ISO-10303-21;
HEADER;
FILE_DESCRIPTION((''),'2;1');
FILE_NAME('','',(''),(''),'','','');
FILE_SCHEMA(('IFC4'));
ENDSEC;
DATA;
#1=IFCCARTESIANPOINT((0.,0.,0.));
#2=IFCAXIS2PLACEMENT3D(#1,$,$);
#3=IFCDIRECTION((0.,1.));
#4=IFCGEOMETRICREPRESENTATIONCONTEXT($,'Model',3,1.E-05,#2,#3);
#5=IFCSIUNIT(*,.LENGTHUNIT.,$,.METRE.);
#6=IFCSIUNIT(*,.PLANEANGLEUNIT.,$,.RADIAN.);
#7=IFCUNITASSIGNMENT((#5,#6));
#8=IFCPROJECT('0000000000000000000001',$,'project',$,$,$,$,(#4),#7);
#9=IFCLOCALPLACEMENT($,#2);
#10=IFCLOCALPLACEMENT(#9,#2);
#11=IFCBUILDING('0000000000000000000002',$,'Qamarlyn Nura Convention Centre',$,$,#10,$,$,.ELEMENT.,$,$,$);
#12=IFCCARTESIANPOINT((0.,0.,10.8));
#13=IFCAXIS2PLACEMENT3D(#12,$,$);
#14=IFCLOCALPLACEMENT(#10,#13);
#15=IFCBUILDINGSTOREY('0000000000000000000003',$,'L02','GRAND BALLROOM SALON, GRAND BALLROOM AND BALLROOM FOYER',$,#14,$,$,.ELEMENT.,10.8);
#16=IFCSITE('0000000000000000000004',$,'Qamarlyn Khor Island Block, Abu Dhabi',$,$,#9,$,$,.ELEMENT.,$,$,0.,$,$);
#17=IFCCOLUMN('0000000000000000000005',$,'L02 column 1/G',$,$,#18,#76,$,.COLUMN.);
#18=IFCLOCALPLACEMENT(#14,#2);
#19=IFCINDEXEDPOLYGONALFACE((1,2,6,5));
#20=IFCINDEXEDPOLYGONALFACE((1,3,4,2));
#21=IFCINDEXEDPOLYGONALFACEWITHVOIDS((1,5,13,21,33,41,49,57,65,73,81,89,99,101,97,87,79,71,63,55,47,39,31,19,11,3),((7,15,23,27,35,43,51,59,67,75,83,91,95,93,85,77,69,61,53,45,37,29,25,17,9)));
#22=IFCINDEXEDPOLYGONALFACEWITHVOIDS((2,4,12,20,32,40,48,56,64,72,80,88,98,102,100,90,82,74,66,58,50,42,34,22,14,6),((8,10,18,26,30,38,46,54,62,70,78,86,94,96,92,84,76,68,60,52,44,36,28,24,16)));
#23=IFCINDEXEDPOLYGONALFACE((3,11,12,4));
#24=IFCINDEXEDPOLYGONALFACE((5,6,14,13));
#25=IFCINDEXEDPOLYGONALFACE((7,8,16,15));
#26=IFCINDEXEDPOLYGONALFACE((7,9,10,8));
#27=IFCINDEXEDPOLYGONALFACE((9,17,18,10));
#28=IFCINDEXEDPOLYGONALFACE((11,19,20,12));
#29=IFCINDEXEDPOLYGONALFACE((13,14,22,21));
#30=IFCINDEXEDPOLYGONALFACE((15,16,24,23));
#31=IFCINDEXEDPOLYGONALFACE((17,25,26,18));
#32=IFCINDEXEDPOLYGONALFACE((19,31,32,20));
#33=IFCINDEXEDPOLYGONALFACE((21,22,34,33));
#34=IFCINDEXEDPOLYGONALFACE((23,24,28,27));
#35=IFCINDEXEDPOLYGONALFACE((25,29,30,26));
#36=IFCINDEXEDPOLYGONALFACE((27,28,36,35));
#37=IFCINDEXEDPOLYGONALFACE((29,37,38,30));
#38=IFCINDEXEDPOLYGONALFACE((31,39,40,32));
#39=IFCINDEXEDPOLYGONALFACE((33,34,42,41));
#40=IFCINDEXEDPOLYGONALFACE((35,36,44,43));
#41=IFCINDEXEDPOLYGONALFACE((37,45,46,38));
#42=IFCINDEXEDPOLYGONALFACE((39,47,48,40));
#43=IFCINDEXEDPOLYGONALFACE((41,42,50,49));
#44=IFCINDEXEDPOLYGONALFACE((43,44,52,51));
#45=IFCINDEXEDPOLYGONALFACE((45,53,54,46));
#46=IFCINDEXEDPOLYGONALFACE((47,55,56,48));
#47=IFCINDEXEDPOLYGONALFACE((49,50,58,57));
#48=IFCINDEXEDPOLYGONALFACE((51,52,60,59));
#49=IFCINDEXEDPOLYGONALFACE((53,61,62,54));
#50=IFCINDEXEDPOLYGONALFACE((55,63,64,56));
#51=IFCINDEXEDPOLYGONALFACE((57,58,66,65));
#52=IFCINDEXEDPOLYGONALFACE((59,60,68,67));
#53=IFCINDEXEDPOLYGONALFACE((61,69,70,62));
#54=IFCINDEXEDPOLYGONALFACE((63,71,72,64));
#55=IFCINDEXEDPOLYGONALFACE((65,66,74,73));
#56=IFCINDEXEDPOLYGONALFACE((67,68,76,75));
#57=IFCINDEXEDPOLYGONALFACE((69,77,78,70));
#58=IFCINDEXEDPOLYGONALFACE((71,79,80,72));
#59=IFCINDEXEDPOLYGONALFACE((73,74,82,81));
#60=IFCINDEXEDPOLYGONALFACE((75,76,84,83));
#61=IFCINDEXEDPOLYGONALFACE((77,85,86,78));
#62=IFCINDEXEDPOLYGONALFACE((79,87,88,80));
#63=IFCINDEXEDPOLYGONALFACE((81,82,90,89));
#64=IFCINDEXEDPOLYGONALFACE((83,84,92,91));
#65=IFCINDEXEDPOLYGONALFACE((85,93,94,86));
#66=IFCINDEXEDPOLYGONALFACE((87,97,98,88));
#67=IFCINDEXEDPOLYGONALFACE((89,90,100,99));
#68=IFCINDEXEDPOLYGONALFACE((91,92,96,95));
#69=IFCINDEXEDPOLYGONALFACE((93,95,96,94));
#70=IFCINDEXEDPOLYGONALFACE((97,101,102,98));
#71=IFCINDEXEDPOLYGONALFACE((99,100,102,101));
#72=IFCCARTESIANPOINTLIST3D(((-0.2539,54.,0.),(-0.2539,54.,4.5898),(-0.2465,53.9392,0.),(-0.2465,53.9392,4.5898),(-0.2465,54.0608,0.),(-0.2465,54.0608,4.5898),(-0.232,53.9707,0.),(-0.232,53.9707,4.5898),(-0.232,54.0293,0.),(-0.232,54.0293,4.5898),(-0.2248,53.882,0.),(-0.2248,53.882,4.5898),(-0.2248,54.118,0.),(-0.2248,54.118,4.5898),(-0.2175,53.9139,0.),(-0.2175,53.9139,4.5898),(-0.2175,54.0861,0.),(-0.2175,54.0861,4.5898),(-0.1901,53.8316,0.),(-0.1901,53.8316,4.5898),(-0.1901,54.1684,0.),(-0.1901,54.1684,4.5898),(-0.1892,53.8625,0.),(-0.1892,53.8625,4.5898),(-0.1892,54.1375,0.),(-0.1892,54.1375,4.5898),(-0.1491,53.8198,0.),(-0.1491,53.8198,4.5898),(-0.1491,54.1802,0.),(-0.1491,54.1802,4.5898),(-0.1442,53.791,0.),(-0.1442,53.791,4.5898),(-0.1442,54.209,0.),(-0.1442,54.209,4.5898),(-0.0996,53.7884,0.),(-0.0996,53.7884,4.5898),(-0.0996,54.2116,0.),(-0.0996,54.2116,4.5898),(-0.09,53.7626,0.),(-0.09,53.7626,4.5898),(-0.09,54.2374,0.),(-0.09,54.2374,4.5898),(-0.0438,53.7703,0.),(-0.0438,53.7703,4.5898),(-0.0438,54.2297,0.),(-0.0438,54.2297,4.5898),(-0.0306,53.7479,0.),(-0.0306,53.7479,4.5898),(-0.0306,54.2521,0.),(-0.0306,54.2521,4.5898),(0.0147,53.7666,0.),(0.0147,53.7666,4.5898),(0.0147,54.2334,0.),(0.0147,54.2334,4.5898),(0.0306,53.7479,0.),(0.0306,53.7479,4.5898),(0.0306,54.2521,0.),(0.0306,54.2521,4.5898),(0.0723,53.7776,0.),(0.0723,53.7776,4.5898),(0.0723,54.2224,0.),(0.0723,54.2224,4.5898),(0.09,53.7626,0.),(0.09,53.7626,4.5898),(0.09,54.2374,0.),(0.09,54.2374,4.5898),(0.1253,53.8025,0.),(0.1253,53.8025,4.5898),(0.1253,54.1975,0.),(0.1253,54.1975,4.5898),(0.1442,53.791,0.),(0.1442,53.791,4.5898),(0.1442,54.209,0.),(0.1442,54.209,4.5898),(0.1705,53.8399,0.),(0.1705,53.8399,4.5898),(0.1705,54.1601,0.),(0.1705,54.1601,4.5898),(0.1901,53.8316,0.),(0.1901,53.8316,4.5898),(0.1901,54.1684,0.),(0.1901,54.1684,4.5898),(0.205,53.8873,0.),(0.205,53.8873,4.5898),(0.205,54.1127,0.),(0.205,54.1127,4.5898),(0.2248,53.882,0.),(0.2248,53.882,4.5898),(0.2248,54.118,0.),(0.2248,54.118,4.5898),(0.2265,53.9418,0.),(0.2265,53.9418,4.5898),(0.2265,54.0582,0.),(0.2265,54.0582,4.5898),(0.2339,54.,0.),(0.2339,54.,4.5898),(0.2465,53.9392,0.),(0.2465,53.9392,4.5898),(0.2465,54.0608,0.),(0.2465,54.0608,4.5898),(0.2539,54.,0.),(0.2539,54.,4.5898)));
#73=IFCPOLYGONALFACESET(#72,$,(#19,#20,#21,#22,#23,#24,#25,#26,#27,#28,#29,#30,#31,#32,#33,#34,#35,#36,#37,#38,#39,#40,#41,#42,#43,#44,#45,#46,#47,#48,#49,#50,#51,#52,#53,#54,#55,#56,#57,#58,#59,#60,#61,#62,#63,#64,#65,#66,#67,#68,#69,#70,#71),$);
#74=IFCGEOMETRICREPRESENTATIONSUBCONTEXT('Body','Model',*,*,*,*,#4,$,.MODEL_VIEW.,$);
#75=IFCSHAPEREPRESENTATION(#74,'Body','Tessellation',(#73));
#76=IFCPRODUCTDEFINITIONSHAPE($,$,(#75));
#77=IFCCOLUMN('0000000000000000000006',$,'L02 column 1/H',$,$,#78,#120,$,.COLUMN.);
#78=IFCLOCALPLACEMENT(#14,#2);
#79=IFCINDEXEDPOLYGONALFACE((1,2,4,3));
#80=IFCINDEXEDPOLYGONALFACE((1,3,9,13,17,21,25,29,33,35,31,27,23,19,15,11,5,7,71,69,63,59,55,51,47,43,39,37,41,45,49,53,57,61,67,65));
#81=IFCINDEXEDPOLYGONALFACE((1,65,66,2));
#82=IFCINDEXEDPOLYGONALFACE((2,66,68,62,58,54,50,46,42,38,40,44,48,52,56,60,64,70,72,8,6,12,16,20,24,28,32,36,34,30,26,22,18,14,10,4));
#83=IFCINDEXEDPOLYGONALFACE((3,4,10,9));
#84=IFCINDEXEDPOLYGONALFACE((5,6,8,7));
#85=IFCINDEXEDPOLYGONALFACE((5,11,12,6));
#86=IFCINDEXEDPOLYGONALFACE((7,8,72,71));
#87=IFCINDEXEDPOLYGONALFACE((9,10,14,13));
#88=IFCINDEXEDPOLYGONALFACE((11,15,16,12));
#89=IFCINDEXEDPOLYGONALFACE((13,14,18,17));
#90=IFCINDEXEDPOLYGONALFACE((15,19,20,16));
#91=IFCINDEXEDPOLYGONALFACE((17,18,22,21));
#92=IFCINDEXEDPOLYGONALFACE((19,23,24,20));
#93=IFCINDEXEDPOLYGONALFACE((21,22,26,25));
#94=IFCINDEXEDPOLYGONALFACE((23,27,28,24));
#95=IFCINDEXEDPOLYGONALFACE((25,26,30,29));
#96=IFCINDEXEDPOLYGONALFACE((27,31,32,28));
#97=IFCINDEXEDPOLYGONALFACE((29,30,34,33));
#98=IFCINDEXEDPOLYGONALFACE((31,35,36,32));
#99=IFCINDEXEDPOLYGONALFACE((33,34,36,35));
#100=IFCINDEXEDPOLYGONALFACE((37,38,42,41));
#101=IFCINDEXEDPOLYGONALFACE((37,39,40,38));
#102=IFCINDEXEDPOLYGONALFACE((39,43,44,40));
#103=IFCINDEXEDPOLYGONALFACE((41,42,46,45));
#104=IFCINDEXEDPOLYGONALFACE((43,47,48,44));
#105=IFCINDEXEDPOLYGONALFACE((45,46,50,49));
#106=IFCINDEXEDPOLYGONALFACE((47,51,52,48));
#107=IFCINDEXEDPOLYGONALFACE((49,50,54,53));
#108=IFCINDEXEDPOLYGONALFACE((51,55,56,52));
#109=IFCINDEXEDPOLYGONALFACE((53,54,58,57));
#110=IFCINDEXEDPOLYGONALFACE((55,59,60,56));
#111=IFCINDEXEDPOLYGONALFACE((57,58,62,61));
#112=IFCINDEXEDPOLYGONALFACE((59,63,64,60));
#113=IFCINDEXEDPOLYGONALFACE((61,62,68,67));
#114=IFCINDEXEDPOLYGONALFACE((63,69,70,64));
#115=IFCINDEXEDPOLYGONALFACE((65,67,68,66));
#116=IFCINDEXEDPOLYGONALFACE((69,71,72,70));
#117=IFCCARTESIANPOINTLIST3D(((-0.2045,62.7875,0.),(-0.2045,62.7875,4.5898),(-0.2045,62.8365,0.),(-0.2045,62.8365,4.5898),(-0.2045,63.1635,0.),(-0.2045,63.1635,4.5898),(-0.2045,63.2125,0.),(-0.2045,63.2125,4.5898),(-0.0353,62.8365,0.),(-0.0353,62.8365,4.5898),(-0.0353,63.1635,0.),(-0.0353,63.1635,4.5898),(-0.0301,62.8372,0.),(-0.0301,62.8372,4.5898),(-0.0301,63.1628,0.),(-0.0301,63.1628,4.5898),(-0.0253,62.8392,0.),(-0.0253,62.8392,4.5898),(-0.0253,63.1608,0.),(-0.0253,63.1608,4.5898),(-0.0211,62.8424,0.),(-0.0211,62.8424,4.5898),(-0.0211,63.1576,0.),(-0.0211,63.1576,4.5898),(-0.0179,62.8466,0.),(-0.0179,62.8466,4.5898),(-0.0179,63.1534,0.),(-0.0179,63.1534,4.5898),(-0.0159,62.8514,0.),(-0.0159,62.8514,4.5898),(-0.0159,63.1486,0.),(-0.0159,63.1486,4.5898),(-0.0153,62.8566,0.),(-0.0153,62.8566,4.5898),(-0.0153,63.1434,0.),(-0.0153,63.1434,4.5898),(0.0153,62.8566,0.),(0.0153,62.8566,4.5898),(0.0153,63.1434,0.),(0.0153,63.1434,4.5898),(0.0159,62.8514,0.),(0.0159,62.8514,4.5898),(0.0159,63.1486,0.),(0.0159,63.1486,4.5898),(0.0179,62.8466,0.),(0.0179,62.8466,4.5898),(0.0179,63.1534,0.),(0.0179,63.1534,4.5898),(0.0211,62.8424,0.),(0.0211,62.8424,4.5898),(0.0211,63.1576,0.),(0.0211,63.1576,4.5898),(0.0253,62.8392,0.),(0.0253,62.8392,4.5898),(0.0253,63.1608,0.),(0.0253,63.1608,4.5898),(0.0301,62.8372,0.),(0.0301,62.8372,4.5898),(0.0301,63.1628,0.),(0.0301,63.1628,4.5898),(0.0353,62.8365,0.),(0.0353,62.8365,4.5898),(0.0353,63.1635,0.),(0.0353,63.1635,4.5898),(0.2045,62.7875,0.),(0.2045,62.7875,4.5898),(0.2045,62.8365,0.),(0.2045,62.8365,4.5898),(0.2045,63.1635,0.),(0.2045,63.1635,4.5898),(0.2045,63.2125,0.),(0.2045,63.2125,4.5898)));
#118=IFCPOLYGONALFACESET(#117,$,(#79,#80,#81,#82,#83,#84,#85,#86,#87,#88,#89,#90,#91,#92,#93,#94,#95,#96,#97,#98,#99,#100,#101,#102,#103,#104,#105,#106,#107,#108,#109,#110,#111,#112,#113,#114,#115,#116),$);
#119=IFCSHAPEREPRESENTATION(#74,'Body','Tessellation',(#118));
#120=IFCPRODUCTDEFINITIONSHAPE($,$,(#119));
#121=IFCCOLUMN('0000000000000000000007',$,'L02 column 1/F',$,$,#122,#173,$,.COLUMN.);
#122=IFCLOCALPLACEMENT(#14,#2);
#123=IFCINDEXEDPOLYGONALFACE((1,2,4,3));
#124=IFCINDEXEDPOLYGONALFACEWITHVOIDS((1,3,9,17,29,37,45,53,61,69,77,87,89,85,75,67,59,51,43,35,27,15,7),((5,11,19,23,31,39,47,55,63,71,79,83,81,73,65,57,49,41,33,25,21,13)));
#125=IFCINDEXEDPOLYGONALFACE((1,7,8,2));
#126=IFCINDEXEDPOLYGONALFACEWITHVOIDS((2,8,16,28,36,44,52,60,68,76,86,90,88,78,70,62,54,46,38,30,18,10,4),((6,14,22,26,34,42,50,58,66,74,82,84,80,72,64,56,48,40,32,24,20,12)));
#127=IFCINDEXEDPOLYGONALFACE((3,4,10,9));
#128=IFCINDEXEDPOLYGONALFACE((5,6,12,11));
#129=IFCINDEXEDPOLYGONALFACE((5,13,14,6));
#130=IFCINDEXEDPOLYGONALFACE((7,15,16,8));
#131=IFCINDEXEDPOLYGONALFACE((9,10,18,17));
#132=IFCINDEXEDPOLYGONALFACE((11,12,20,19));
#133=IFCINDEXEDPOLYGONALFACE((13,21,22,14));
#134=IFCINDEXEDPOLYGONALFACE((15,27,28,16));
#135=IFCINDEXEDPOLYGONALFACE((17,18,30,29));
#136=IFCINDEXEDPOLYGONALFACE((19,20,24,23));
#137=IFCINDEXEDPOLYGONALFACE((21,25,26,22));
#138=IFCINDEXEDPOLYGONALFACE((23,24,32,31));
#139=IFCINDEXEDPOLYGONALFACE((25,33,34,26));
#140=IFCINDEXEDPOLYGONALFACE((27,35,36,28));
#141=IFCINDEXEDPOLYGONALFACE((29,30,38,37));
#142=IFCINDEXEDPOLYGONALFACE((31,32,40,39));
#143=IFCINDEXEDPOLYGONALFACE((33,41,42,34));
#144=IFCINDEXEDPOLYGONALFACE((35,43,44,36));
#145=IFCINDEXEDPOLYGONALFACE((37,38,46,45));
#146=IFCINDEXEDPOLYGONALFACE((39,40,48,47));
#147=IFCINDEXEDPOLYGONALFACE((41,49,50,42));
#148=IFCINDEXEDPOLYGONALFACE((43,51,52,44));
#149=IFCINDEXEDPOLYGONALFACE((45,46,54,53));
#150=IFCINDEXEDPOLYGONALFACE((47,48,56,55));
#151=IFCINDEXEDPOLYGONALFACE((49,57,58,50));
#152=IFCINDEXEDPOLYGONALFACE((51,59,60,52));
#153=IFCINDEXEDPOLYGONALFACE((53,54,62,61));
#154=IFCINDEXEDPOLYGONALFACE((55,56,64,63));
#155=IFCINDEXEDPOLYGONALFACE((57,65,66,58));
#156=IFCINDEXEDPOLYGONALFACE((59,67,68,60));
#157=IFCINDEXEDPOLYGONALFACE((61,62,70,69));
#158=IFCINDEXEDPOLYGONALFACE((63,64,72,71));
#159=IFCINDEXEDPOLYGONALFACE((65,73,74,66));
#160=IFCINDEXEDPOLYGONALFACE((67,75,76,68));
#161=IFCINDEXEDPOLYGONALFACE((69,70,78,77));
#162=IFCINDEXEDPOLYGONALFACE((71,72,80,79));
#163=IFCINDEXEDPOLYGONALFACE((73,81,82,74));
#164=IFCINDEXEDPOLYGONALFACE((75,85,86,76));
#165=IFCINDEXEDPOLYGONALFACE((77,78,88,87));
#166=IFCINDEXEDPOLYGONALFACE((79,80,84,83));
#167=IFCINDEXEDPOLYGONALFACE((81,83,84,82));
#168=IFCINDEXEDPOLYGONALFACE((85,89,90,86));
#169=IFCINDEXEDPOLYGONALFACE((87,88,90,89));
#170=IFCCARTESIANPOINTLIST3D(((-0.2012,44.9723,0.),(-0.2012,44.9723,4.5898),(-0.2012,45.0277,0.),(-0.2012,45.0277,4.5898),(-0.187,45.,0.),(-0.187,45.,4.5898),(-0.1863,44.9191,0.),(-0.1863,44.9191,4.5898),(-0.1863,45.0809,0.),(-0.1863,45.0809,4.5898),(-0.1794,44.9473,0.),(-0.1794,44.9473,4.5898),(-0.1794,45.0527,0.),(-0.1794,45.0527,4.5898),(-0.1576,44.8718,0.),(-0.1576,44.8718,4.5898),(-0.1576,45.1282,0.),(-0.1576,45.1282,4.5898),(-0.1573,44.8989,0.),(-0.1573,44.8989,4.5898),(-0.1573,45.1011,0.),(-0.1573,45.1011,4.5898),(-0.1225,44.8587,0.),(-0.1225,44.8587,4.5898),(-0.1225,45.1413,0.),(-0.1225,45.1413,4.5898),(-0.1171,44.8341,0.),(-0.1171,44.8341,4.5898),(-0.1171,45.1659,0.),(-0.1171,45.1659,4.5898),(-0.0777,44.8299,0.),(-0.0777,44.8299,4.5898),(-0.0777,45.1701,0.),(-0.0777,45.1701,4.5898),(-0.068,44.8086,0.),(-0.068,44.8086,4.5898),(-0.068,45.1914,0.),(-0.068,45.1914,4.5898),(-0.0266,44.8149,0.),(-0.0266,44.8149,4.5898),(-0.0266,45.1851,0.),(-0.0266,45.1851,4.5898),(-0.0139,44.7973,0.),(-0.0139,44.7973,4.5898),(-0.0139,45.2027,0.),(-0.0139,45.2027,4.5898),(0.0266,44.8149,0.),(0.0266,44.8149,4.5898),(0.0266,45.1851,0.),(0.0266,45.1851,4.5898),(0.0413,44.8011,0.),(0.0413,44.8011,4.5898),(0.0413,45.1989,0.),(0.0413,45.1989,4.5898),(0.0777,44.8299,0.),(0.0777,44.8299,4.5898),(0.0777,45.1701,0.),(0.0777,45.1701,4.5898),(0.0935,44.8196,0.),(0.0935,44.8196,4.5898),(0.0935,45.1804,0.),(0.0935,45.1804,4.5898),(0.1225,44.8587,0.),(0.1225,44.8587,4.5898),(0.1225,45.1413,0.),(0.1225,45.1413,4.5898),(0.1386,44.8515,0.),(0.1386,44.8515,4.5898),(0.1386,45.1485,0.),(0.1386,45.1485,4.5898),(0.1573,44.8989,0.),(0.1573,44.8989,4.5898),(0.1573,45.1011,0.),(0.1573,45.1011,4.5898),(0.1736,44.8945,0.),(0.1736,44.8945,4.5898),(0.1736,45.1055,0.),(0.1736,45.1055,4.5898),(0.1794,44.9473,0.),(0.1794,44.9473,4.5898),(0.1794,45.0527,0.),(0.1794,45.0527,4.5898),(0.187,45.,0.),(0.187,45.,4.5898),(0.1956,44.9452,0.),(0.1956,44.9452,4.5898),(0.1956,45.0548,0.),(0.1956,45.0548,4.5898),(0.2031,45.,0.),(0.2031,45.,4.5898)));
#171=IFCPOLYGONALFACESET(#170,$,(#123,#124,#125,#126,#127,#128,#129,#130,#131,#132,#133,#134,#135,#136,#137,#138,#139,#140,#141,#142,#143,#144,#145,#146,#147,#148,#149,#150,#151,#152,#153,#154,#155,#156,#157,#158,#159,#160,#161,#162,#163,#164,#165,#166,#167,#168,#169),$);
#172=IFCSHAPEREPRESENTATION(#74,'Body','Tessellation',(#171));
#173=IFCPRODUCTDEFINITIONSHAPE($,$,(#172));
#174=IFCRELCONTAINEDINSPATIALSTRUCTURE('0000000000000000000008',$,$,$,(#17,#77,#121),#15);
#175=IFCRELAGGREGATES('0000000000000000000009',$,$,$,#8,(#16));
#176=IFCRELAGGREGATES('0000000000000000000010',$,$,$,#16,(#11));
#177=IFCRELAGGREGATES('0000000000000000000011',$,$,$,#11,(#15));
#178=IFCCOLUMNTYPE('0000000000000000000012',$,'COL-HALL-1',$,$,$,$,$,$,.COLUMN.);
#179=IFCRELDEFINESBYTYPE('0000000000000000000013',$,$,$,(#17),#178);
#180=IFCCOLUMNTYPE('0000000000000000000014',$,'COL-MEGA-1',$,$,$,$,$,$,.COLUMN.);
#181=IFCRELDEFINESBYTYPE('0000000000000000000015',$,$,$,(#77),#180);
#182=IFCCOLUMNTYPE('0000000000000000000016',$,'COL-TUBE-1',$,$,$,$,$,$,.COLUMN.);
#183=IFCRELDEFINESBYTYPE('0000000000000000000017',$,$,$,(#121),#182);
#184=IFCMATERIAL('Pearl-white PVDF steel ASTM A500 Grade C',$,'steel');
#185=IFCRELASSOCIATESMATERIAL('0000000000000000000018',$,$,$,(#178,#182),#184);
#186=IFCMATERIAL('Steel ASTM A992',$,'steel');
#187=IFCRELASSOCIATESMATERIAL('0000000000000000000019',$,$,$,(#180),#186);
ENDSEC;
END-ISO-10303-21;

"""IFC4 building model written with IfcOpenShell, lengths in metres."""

from ifc_helpers import new_model, si_unit, direction, frame, origin, origin_2d, place, context, subcontext, project, spatial, hollow_circle, i_section, extrude, material, material_profile, profile_set, type_object, element, save


model = new_model("IFC4")

# Units and contexts
model_context = context("Model", 3, precision=1e-05, world=origin(), true_north=direction((0.0, 1.0)))
body_context = subcontext(model_context, "Body", "Model", "MODEL_VIEW")
ifc_project = project(units=[si_unit("LENGTHUNIT", "METRE"), si_unit("PLANEANGLEUNIT", "RADIAN")], contexts=[model_context])

# Site, building, storey
site_placement = place(None, origin())
site = spatial("IfcSite", under=ifc_project, at=site_placement, Name="Qamarlyn Khor Island Block, Abu Dhabi", CompositionType="ELEMENT", RefElevation=0.0)
building_placement = place(site_placement, origin())
building = spatial("IfcBuilding", under=site, at=building_placement, Name="Qamarlyn Nura Convention Centre", CompositionType="ELEMENT")
storey_placement = place(building_placement, frame((0.0, 0.0, 10.8)))
storey = spatial("IfcBuildingStorey", under=building, at=storey_placement, Name="L02", Description="GRAND BALLROOM SALON, GRAND BALLROOM AND BALLROOM FOYER", CompositionType="ELEMENT", Elevation=10.8)

# Columns
ifc_material_1 = material(Name="Pearl-white PVDF steel ASTM A500 Grade C", Category="steel")
ifc_material_profile_1 = material_profile(ifc_material_1, hollow_circle(Radius=0.2539, WallThickness=0.02, at=origin_2d()), Name="CHS508X20")
ifc_profile_set_1 = profile_set([ifc_material_profile_1], Name="Pearl-white PVDF steel ASTM A500 Grade C")
column_type_1 = type_object("IfcColumnType", Name="COL-HALL-1", PredefinedType="COLUMN", material=ifc_profile_set_1)
column_1_placement = place(storey_placement, frame((0.0, 54.0, 0.0), z_axis=(0.0, 0.0, 1.0), x_axis=(1.0, 0.0, 0.0)))
element("IfcColumn", 1, at=column_1_placement, inside=storey, type_object=column_type_1, Name="L02 column 1/G", PredefinedType="COLUMN", context=body_context, shape_type="SweptSolid", body=[
    extrude(hollow_circle(Radius=0.2539, WallThickness=0.02, at=origin_2d()), origin(), (0.0, 0.0, 1.0), 4.5898),
])
ifc_material_2 = material(Name="Steel ASTM A992", Category="steel")
ifc_material_profile_2 = material_profile(ifc_material_2, i_section(OverallWidth=0.4089, OverallDepth=0.425, WebThickness=0.0305, FlangeThickness=0.0491, FilletRadius=0.02, at=origin_2d()), Name="W360X421")
ifc_profile_set_2 = profile_set([ifc_material_profile_2], Name="Steel ASTM A992")
column_type_2 = type_object("IfcColumnType", Name="COL-MEGA-1", PredefinedType="COLUMN", material=ifc_profile_set_2)
column_2_placement = place(storey_placement, frame((0.0, 63.0, 0.0), z_axis=(0.0, 0.0, 1.0), x_axis=(1.0, 0.0, 0.0)))
element("IfcColumn", 2, at=column_2_placement, inside=storey, type_object=column_type_2, Name="L02 column 1/H", PredefinedType="COLUMN", context=body_context, shape_type="SweptSolid", body=[
    extrude(i_section(OverallWidth=0.4089, OverallDepth=0.425, WebThickness=0.0305, FlangeThickness=0.0491, FilletRadius=0.02, at=origin_2d()), origin(), (0.0, 0.0, 1.0), 4.5898),
])
ifc_material_profile_3 = material_profile(ifc_material_1, hollow_circle(Radius=0.2031, WallThickness=0.0161, at=origin_2d()), Name="CHS406.4X16")
ifc_profile_set_3 = profile_set([ifc_material_profile_3], Name="Pearl-white PVDF steel ASTM A500 Grade C")
column_type_3 = type_object("IfcColumnType", Name="COL-TUBE-1", PredefinedType="COLUMN", material=ifc_profile_set_3)
column_3_placement = place(storey_placement, frame((0.0, 45.0, 0.0), z_axis=(0.0, 0.0, 1.0), x_axis=(1.0, 0.0, 0.0)))
element("IfcColumn", 3, at=column_3_placement, inside=storey, type_object=column_type_3, Name="L02 column 1/F", PredefinedType="COLUMN", context=body_context, shape_type="SweptSolid", body=[
    extrude(hollow_circle(Radius=0.2031, WallThickness=0.0161, at=origin_2d()), origin(), (0.0, 0.0, 1.0), 4.5898),
])

save(model, "model.ifc")
